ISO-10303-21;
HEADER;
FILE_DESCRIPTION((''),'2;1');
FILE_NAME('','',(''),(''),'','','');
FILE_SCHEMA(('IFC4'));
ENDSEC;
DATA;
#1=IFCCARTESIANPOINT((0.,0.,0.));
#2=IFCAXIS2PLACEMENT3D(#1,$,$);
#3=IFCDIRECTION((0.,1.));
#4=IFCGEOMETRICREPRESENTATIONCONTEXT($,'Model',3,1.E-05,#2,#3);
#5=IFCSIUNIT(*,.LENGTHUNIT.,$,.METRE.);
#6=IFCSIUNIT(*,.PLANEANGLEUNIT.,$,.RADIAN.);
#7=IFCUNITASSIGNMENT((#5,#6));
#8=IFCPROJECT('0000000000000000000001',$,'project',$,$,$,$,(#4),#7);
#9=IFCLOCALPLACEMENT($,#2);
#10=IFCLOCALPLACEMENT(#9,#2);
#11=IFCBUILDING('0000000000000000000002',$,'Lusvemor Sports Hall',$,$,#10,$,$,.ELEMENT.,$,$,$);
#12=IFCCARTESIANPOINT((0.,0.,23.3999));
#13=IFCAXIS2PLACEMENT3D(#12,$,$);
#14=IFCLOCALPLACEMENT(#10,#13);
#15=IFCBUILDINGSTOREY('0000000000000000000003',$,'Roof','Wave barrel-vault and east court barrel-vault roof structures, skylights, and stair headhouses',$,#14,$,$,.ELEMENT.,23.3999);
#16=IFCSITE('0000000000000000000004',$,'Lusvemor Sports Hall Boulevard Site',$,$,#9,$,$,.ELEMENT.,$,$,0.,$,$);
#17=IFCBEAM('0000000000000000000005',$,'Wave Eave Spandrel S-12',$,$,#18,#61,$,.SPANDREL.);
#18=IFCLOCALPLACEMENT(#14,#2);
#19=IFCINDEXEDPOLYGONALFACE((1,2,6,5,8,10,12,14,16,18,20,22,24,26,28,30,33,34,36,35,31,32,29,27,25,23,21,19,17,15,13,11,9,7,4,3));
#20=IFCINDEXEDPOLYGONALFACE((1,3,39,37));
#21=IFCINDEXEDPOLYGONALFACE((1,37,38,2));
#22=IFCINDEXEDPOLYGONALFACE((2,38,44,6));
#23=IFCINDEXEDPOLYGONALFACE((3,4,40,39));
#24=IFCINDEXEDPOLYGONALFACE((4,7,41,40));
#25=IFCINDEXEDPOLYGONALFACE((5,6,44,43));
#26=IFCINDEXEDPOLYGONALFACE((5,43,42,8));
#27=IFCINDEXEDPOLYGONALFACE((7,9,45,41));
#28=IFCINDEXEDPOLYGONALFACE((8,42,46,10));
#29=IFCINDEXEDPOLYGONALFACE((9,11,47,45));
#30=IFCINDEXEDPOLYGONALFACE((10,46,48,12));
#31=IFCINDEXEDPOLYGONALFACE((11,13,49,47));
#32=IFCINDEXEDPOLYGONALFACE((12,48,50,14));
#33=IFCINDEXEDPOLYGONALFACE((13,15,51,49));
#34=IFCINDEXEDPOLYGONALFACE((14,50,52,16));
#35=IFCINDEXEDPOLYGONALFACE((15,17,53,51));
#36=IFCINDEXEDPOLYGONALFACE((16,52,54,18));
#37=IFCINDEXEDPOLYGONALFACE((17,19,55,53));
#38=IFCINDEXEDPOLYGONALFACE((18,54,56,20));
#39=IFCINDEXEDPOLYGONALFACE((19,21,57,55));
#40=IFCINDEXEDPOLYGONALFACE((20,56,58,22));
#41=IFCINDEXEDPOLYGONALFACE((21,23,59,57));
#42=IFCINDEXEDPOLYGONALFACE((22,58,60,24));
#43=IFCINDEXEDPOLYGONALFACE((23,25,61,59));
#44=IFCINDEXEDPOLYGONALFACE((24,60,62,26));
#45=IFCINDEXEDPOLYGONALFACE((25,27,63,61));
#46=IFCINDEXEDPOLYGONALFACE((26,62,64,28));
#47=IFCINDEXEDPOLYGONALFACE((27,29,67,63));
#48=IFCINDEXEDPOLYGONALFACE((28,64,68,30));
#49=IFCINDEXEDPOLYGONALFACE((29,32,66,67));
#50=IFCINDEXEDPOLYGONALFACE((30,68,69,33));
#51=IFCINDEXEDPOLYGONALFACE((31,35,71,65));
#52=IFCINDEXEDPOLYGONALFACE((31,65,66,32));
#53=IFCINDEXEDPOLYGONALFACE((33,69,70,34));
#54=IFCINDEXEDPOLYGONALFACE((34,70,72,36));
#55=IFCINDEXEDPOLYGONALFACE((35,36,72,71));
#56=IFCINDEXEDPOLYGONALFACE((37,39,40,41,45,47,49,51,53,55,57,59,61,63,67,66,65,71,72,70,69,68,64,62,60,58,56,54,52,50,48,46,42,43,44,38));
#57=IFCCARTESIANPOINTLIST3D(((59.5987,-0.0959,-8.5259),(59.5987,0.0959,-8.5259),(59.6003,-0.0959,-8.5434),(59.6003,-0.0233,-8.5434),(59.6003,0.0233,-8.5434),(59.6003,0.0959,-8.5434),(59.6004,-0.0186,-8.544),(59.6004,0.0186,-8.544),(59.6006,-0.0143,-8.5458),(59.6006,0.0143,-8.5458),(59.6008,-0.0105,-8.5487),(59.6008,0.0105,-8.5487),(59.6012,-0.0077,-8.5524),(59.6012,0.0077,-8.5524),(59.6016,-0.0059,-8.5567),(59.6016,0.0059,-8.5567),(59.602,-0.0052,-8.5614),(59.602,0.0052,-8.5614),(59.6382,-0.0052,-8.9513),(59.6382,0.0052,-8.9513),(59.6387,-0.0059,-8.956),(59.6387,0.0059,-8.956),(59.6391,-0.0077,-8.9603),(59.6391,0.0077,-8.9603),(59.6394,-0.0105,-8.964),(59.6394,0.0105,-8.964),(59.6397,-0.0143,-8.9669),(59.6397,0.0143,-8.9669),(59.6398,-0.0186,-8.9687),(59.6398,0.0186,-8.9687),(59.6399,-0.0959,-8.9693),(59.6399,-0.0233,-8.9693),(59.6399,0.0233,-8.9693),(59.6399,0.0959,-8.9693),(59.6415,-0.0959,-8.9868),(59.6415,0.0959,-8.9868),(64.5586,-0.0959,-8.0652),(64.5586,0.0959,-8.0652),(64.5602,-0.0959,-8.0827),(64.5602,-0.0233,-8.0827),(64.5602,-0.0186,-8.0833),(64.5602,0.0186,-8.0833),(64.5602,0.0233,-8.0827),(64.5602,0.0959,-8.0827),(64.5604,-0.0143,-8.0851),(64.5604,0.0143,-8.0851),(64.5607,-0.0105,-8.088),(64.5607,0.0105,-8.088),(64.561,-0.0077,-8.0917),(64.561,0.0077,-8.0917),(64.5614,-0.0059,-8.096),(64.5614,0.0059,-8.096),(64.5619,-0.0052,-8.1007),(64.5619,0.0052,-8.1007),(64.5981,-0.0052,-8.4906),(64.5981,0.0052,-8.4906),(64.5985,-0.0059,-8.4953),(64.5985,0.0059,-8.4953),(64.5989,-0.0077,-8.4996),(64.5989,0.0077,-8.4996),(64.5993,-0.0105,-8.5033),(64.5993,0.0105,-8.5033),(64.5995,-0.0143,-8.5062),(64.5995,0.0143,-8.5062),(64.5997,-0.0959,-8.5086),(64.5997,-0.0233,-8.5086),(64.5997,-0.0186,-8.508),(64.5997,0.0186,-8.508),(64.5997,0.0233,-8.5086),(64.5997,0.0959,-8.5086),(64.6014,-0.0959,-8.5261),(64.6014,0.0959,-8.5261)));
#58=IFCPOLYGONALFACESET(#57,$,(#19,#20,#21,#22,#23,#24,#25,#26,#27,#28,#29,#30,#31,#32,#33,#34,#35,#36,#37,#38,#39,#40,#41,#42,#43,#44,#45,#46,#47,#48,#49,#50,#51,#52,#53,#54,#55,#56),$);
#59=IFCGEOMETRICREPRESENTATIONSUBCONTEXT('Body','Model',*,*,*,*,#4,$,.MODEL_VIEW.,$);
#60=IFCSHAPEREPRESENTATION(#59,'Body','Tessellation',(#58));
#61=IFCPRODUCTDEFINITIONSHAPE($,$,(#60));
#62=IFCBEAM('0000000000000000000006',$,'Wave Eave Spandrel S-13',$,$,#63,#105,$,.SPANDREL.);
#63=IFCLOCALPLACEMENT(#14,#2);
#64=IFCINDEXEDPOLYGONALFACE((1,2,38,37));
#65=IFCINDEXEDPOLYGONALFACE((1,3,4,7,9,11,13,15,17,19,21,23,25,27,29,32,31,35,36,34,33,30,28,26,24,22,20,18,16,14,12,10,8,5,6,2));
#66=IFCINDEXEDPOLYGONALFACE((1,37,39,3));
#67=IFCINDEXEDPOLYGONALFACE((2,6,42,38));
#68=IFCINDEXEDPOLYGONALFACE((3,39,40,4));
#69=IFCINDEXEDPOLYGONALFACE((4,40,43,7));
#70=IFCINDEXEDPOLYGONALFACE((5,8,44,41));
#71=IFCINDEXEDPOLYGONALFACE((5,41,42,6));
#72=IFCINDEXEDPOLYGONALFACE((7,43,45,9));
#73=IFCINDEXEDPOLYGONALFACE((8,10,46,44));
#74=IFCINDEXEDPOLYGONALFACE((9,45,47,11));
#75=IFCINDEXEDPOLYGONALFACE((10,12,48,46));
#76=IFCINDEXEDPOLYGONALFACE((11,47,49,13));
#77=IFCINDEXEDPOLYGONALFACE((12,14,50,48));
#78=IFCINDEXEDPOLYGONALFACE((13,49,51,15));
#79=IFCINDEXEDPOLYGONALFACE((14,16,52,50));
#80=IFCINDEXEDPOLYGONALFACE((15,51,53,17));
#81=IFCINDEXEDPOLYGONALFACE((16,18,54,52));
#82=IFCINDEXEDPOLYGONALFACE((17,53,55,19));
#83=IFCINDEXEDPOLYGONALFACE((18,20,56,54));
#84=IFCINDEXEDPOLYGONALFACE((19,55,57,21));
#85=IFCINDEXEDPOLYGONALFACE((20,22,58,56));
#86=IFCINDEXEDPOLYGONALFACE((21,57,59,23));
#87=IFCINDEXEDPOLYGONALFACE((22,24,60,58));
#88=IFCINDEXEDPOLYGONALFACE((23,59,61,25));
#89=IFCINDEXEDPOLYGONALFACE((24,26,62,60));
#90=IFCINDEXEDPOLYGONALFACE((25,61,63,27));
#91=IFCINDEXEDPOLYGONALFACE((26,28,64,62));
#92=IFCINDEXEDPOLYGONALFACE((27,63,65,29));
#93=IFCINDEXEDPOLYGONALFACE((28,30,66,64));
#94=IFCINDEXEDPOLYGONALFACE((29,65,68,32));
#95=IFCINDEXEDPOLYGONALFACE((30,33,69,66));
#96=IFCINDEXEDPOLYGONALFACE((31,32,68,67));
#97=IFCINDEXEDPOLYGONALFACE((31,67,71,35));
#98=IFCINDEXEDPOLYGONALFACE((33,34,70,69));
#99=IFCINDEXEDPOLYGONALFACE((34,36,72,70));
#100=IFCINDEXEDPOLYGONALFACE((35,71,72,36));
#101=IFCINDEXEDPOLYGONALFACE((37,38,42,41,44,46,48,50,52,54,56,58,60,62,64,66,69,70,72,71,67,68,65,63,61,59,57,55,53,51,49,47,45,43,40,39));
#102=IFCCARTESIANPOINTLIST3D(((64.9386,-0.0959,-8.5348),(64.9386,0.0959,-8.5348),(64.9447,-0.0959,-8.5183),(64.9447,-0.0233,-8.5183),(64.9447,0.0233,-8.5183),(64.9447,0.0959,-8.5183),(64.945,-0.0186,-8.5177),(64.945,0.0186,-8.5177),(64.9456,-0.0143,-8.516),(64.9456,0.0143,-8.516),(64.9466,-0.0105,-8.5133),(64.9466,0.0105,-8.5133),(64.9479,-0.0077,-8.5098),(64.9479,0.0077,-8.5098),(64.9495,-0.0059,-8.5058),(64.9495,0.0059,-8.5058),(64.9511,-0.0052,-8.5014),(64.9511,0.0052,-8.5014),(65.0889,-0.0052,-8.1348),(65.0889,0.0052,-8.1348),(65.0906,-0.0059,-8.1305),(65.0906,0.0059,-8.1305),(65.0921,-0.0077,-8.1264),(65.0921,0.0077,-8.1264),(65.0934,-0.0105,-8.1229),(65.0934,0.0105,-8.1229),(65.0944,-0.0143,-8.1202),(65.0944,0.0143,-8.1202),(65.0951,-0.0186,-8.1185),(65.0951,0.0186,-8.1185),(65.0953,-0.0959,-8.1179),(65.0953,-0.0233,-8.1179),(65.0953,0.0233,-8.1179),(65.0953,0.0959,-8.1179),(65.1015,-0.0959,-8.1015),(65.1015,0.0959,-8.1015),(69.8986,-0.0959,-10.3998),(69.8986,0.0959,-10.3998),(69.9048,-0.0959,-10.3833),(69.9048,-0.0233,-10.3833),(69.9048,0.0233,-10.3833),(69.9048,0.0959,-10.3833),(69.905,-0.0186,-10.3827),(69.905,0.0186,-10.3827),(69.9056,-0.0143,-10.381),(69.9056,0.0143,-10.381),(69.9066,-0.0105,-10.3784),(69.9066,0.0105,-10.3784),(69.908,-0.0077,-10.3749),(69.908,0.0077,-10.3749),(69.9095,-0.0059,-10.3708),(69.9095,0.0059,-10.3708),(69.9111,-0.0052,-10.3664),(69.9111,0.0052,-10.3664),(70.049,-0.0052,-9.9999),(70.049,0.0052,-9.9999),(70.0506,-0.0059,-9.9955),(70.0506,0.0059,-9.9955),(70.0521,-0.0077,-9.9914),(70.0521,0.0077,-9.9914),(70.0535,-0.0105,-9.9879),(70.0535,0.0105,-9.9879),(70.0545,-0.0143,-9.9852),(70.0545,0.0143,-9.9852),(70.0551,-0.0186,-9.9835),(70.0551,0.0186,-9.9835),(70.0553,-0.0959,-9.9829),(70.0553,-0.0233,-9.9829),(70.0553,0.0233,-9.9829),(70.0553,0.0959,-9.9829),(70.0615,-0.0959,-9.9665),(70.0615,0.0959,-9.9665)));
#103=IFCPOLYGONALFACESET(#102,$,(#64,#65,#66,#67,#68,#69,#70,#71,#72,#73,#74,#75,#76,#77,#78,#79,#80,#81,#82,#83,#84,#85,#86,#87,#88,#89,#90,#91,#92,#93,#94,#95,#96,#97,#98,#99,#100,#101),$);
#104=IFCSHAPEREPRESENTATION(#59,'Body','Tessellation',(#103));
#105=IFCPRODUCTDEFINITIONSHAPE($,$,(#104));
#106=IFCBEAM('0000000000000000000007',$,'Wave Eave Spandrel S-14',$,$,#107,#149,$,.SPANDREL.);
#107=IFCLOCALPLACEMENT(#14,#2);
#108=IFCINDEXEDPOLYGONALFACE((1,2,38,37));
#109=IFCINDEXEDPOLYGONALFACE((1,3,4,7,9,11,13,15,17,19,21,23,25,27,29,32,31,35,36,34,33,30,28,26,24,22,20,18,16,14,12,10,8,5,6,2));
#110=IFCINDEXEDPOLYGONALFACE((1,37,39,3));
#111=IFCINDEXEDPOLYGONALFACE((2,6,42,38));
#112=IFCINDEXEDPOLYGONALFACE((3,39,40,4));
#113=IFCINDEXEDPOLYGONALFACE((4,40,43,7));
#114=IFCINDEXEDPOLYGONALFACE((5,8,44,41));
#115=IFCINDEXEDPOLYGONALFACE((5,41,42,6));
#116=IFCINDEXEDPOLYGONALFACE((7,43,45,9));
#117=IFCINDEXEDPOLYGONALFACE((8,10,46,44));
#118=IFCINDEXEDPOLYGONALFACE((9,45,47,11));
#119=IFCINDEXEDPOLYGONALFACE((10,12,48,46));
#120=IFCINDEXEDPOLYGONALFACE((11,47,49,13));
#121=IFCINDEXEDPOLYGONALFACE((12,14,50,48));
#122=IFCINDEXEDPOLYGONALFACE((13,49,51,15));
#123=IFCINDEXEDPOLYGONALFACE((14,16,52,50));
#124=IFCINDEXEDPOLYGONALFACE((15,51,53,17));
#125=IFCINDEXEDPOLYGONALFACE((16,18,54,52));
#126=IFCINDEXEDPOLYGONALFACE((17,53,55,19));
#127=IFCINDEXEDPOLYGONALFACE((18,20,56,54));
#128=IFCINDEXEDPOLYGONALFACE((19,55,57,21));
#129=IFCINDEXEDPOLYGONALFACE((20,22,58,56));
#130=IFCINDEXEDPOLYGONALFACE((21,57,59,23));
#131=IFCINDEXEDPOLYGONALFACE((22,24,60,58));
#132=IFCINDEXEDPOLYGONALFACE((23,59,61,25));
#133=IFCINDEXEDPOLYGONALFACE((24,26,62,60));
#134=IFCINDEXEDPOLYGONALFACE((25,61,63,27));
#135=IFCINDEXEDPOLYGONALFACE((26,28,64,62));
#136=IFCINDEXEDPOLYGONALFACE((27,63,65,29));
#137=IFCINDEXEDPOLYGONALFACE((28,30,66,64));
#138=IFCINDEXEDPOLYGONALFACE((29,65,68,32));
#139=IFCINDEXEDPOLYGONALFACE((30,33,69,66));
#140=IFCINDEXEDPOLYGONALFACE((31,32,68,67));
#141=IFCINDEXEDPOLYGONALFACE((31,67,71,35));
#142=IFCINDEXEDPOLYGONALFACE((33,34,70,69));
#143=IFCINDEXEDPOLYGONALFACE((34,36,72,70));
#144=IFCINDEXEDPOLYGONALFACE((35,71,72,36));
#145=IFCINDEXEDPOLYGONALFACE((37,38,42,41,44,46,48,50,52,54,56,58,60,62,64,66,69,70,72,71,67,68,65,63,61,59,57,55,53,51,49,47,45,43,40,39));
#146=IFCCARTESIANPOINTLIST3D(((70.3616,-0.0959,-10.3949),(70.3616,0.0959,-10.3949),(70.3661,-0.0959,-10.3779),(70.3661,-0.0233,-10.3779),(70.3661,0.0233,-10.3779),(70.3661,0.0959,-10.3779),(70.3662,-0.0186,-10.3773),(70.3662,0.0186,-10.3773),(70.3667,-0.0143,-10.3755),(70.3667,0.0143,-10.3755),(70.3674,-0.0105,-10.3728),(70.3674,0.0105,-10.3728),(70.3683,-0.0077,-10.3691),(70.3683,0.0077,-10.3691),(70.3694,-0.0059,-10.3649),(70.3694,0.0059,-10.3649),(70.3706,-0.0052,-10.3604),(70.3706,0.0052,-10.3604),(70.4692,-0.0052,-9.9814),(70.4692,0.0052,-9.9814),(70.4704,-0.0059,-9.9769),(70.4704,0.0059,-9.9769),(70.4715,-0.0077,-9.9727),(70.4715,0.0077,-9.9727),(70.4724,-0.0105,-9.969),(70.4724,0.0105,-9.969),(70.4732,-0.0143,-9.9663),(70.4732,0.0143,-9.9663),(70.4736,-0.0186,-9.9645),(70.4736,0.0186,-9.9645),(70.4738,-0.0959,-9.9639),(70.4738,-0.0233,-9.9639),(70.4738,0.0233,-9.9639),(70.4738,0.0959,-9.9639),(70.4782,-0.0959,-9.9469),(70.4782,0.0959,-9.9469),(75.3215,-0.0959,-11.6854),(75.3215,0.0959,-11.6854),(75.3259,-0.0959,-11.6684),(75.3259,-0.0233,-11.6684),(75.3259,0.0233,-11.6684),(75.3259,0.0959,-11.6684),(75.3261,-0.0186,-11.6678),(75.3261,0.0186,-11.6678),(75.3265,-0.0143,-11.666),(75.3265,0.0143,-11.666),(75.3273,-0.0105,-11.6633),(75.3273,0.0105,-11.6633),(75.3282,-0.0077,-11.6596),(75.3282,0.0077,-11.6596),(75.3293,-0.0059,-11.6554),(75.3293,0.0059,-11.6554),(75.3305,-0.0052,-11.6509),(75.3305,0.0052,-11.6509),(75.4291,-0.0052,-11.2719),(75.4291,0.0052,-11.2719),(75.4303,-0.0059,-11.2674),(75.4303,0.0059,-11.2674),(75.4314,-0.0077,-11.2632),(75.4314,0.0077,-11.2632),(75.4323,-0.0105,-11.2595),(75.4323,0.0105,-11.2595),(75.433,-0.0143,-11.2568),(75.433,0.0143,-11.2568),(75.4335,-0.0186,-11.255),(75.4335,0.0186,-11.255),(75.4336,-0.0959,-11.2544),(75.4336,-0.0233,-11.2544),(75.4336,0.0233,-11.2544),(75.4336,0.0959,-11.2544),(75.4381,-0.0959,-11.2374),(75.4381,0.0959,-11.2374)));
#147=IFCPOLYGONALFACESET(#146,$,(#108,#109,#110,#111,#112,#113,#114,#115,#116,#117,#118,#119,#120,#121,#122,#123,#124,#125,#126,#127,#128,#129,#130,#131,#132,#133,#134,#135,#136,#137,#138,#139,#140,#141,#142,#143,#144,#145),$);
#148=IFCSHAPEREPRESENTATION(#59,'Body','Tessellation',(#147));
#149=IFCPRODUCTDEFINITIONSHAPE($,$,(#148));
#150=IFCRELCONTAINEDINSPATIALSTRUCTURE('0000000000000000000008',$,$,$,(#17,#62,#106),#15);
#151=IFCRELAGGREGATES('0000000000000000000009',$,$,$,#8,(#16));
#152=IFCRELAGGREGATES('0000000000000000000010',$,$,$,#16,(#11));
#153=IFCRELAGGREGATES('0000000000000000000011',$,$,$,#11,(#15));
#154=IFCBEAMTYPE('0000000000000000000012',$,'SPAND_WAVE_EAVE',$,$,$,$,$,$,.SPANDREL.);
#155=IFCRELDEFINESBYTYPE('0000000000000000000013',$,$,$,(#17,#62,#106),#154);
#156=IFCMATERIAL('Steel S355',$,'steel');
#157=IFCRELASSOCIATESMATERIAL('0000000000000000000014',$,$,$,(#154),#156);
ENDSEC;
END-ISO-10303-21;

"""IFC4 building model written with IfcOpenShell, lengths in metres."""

from ifc_helpers import new_model, si_unit, direction, frame, origin, origin_2d, place, context, subcontext, project, spatial, i_section, extrude, material, material_profile, profile_set, type_object, element, save


model = new_model("IFC4")

# Units and contexts
model_context = context("Model", 3, precision=1e-05, world=origin(), true_north=direction((0.0, 1.0)))
body_context = subcontext(model_context, "Body", "Model", "MODEL_VIEW")
ifc_project = project(units=[si_unit("LENGTHUNIT", "METRE"), si_unit("PLANEANGLEUNIT", "RADIAN")], contexts=[model_context])

# Site, building, storey
site_placement = place(None, origin())
site = spatial("IfcSite", under=ifc_project, at=site_placement, Name="Lusvemor Sports Hall Boulevard Site", CompositionType="ELEMENT", RefElevation=0.0)
building_placement = place(site_placement, origin())
building = spatial("IfcBuilding", under=site, at=building_placement, Name="Lusvemor Sports Hall", CompositionType="ELEMENT")
storey_placement = place(building_placement, frame((0.0, 0.0, 23.3999)))
storey = spatial("IfcBuildingStorey", under=building, at=storey_placement, Name="Roof", Description="Wave barrel-vault and east court barrel-vault roof structures, skylights, and stair headhouses", CompositionType="ELEMENT", Elevation=23.3999)

# Beams
ifc_material_1 = material(Name="Steel S355", Category="steel")
ifc_material_profile_1 = material_profile(ifc_material_1, i_section(OverallWidth=0.1919, OverallDepth=0.4629, WebThickness=0.0105, FlangeThickness=0.0176, FilletRadius=0.0181, at=origin_2d()), Name="W460x89.0")
ifc_profile_set_1 = profile_set([ifc_material_profile_1], Name="Steel S355")
beam_type_1 = type_object("IfcBeamType", Name="SPAND_WAVE_EAVE", PredefinedType="SPANDREL", material=ifc_profile_set_1)
beam_1_placement = place(storey_placement, frame((59.6201, 0.0, -8.7563), z_axis=(0.995714, 0.0, 0.092484), x_axis=(0.0, 1.0, 0.0)))
element("IfcBeam", 1, at=beam_1_placement, inside=storey, type_object=beam_type_1, Name="Wave Eave Spandrel S-12", PredefinedType="SPANDREL", context=body_context, shape_type="SweptSolid", body=[
    extrude(i_section(OverallWidth=0.1919, OverallDepth=0.4629, WebThickness=0.0105, FlangeThickness=0.0176, FilletRadius=0.0181, at=origin_2d()), origin(), (0.0, 0.0, 1.0), 4.9812),
])
beam_2_placement = place(storey_placement, frame((65.02, 0.0, -8.3181), z_axis=(0.936018, 0.0, -0.351951), x_axis=(0.0, 1.0, 0.0)))
element("IfcBeam", 2, at=beam_2_placement, inside=storey, type_object=beam_type_1, Name="Wave Eave Spandrel S-13", PredefinedType="SPANDREL", context=body_context, shape_type="SweptSolid", body=[
    extrude(i_section(OverallWidth=0.1919, OverallDepth=0.4629, WebThickness=0.0105, FlangeThickness=0.0176, FilletRadius=0.0181, at=origin_2d()), origin(), (0.0, 0.0, 1.0), 5.2991),
])
beam_3_placement = place(storey_placement, frame((70.4199, 0.0, -10.1709), z_axis=(0.967778, 0.0, -0.251805), x_axis=(0.0, 1.0, 0.0)))
element("IfcBeam", 3, at=beam_3_placement, inside=storey, type_object=beam_type_1, Name="Wave Eave Spandrel S-14", PredefinedType="SPANDREL", context=body_context, shape_type="SweptSolid", body=[
    extrude(i_section(OverallWidth=0.1919, OverallDepth=0.4629, WebThickness=0.0105, FlangeThickness=0.0176, FilletRadius=0.0181, at=origin_2d()), origin(), (0.0, 0.0, 1.0), 5.125),
])

save(model, "model.ifc")
